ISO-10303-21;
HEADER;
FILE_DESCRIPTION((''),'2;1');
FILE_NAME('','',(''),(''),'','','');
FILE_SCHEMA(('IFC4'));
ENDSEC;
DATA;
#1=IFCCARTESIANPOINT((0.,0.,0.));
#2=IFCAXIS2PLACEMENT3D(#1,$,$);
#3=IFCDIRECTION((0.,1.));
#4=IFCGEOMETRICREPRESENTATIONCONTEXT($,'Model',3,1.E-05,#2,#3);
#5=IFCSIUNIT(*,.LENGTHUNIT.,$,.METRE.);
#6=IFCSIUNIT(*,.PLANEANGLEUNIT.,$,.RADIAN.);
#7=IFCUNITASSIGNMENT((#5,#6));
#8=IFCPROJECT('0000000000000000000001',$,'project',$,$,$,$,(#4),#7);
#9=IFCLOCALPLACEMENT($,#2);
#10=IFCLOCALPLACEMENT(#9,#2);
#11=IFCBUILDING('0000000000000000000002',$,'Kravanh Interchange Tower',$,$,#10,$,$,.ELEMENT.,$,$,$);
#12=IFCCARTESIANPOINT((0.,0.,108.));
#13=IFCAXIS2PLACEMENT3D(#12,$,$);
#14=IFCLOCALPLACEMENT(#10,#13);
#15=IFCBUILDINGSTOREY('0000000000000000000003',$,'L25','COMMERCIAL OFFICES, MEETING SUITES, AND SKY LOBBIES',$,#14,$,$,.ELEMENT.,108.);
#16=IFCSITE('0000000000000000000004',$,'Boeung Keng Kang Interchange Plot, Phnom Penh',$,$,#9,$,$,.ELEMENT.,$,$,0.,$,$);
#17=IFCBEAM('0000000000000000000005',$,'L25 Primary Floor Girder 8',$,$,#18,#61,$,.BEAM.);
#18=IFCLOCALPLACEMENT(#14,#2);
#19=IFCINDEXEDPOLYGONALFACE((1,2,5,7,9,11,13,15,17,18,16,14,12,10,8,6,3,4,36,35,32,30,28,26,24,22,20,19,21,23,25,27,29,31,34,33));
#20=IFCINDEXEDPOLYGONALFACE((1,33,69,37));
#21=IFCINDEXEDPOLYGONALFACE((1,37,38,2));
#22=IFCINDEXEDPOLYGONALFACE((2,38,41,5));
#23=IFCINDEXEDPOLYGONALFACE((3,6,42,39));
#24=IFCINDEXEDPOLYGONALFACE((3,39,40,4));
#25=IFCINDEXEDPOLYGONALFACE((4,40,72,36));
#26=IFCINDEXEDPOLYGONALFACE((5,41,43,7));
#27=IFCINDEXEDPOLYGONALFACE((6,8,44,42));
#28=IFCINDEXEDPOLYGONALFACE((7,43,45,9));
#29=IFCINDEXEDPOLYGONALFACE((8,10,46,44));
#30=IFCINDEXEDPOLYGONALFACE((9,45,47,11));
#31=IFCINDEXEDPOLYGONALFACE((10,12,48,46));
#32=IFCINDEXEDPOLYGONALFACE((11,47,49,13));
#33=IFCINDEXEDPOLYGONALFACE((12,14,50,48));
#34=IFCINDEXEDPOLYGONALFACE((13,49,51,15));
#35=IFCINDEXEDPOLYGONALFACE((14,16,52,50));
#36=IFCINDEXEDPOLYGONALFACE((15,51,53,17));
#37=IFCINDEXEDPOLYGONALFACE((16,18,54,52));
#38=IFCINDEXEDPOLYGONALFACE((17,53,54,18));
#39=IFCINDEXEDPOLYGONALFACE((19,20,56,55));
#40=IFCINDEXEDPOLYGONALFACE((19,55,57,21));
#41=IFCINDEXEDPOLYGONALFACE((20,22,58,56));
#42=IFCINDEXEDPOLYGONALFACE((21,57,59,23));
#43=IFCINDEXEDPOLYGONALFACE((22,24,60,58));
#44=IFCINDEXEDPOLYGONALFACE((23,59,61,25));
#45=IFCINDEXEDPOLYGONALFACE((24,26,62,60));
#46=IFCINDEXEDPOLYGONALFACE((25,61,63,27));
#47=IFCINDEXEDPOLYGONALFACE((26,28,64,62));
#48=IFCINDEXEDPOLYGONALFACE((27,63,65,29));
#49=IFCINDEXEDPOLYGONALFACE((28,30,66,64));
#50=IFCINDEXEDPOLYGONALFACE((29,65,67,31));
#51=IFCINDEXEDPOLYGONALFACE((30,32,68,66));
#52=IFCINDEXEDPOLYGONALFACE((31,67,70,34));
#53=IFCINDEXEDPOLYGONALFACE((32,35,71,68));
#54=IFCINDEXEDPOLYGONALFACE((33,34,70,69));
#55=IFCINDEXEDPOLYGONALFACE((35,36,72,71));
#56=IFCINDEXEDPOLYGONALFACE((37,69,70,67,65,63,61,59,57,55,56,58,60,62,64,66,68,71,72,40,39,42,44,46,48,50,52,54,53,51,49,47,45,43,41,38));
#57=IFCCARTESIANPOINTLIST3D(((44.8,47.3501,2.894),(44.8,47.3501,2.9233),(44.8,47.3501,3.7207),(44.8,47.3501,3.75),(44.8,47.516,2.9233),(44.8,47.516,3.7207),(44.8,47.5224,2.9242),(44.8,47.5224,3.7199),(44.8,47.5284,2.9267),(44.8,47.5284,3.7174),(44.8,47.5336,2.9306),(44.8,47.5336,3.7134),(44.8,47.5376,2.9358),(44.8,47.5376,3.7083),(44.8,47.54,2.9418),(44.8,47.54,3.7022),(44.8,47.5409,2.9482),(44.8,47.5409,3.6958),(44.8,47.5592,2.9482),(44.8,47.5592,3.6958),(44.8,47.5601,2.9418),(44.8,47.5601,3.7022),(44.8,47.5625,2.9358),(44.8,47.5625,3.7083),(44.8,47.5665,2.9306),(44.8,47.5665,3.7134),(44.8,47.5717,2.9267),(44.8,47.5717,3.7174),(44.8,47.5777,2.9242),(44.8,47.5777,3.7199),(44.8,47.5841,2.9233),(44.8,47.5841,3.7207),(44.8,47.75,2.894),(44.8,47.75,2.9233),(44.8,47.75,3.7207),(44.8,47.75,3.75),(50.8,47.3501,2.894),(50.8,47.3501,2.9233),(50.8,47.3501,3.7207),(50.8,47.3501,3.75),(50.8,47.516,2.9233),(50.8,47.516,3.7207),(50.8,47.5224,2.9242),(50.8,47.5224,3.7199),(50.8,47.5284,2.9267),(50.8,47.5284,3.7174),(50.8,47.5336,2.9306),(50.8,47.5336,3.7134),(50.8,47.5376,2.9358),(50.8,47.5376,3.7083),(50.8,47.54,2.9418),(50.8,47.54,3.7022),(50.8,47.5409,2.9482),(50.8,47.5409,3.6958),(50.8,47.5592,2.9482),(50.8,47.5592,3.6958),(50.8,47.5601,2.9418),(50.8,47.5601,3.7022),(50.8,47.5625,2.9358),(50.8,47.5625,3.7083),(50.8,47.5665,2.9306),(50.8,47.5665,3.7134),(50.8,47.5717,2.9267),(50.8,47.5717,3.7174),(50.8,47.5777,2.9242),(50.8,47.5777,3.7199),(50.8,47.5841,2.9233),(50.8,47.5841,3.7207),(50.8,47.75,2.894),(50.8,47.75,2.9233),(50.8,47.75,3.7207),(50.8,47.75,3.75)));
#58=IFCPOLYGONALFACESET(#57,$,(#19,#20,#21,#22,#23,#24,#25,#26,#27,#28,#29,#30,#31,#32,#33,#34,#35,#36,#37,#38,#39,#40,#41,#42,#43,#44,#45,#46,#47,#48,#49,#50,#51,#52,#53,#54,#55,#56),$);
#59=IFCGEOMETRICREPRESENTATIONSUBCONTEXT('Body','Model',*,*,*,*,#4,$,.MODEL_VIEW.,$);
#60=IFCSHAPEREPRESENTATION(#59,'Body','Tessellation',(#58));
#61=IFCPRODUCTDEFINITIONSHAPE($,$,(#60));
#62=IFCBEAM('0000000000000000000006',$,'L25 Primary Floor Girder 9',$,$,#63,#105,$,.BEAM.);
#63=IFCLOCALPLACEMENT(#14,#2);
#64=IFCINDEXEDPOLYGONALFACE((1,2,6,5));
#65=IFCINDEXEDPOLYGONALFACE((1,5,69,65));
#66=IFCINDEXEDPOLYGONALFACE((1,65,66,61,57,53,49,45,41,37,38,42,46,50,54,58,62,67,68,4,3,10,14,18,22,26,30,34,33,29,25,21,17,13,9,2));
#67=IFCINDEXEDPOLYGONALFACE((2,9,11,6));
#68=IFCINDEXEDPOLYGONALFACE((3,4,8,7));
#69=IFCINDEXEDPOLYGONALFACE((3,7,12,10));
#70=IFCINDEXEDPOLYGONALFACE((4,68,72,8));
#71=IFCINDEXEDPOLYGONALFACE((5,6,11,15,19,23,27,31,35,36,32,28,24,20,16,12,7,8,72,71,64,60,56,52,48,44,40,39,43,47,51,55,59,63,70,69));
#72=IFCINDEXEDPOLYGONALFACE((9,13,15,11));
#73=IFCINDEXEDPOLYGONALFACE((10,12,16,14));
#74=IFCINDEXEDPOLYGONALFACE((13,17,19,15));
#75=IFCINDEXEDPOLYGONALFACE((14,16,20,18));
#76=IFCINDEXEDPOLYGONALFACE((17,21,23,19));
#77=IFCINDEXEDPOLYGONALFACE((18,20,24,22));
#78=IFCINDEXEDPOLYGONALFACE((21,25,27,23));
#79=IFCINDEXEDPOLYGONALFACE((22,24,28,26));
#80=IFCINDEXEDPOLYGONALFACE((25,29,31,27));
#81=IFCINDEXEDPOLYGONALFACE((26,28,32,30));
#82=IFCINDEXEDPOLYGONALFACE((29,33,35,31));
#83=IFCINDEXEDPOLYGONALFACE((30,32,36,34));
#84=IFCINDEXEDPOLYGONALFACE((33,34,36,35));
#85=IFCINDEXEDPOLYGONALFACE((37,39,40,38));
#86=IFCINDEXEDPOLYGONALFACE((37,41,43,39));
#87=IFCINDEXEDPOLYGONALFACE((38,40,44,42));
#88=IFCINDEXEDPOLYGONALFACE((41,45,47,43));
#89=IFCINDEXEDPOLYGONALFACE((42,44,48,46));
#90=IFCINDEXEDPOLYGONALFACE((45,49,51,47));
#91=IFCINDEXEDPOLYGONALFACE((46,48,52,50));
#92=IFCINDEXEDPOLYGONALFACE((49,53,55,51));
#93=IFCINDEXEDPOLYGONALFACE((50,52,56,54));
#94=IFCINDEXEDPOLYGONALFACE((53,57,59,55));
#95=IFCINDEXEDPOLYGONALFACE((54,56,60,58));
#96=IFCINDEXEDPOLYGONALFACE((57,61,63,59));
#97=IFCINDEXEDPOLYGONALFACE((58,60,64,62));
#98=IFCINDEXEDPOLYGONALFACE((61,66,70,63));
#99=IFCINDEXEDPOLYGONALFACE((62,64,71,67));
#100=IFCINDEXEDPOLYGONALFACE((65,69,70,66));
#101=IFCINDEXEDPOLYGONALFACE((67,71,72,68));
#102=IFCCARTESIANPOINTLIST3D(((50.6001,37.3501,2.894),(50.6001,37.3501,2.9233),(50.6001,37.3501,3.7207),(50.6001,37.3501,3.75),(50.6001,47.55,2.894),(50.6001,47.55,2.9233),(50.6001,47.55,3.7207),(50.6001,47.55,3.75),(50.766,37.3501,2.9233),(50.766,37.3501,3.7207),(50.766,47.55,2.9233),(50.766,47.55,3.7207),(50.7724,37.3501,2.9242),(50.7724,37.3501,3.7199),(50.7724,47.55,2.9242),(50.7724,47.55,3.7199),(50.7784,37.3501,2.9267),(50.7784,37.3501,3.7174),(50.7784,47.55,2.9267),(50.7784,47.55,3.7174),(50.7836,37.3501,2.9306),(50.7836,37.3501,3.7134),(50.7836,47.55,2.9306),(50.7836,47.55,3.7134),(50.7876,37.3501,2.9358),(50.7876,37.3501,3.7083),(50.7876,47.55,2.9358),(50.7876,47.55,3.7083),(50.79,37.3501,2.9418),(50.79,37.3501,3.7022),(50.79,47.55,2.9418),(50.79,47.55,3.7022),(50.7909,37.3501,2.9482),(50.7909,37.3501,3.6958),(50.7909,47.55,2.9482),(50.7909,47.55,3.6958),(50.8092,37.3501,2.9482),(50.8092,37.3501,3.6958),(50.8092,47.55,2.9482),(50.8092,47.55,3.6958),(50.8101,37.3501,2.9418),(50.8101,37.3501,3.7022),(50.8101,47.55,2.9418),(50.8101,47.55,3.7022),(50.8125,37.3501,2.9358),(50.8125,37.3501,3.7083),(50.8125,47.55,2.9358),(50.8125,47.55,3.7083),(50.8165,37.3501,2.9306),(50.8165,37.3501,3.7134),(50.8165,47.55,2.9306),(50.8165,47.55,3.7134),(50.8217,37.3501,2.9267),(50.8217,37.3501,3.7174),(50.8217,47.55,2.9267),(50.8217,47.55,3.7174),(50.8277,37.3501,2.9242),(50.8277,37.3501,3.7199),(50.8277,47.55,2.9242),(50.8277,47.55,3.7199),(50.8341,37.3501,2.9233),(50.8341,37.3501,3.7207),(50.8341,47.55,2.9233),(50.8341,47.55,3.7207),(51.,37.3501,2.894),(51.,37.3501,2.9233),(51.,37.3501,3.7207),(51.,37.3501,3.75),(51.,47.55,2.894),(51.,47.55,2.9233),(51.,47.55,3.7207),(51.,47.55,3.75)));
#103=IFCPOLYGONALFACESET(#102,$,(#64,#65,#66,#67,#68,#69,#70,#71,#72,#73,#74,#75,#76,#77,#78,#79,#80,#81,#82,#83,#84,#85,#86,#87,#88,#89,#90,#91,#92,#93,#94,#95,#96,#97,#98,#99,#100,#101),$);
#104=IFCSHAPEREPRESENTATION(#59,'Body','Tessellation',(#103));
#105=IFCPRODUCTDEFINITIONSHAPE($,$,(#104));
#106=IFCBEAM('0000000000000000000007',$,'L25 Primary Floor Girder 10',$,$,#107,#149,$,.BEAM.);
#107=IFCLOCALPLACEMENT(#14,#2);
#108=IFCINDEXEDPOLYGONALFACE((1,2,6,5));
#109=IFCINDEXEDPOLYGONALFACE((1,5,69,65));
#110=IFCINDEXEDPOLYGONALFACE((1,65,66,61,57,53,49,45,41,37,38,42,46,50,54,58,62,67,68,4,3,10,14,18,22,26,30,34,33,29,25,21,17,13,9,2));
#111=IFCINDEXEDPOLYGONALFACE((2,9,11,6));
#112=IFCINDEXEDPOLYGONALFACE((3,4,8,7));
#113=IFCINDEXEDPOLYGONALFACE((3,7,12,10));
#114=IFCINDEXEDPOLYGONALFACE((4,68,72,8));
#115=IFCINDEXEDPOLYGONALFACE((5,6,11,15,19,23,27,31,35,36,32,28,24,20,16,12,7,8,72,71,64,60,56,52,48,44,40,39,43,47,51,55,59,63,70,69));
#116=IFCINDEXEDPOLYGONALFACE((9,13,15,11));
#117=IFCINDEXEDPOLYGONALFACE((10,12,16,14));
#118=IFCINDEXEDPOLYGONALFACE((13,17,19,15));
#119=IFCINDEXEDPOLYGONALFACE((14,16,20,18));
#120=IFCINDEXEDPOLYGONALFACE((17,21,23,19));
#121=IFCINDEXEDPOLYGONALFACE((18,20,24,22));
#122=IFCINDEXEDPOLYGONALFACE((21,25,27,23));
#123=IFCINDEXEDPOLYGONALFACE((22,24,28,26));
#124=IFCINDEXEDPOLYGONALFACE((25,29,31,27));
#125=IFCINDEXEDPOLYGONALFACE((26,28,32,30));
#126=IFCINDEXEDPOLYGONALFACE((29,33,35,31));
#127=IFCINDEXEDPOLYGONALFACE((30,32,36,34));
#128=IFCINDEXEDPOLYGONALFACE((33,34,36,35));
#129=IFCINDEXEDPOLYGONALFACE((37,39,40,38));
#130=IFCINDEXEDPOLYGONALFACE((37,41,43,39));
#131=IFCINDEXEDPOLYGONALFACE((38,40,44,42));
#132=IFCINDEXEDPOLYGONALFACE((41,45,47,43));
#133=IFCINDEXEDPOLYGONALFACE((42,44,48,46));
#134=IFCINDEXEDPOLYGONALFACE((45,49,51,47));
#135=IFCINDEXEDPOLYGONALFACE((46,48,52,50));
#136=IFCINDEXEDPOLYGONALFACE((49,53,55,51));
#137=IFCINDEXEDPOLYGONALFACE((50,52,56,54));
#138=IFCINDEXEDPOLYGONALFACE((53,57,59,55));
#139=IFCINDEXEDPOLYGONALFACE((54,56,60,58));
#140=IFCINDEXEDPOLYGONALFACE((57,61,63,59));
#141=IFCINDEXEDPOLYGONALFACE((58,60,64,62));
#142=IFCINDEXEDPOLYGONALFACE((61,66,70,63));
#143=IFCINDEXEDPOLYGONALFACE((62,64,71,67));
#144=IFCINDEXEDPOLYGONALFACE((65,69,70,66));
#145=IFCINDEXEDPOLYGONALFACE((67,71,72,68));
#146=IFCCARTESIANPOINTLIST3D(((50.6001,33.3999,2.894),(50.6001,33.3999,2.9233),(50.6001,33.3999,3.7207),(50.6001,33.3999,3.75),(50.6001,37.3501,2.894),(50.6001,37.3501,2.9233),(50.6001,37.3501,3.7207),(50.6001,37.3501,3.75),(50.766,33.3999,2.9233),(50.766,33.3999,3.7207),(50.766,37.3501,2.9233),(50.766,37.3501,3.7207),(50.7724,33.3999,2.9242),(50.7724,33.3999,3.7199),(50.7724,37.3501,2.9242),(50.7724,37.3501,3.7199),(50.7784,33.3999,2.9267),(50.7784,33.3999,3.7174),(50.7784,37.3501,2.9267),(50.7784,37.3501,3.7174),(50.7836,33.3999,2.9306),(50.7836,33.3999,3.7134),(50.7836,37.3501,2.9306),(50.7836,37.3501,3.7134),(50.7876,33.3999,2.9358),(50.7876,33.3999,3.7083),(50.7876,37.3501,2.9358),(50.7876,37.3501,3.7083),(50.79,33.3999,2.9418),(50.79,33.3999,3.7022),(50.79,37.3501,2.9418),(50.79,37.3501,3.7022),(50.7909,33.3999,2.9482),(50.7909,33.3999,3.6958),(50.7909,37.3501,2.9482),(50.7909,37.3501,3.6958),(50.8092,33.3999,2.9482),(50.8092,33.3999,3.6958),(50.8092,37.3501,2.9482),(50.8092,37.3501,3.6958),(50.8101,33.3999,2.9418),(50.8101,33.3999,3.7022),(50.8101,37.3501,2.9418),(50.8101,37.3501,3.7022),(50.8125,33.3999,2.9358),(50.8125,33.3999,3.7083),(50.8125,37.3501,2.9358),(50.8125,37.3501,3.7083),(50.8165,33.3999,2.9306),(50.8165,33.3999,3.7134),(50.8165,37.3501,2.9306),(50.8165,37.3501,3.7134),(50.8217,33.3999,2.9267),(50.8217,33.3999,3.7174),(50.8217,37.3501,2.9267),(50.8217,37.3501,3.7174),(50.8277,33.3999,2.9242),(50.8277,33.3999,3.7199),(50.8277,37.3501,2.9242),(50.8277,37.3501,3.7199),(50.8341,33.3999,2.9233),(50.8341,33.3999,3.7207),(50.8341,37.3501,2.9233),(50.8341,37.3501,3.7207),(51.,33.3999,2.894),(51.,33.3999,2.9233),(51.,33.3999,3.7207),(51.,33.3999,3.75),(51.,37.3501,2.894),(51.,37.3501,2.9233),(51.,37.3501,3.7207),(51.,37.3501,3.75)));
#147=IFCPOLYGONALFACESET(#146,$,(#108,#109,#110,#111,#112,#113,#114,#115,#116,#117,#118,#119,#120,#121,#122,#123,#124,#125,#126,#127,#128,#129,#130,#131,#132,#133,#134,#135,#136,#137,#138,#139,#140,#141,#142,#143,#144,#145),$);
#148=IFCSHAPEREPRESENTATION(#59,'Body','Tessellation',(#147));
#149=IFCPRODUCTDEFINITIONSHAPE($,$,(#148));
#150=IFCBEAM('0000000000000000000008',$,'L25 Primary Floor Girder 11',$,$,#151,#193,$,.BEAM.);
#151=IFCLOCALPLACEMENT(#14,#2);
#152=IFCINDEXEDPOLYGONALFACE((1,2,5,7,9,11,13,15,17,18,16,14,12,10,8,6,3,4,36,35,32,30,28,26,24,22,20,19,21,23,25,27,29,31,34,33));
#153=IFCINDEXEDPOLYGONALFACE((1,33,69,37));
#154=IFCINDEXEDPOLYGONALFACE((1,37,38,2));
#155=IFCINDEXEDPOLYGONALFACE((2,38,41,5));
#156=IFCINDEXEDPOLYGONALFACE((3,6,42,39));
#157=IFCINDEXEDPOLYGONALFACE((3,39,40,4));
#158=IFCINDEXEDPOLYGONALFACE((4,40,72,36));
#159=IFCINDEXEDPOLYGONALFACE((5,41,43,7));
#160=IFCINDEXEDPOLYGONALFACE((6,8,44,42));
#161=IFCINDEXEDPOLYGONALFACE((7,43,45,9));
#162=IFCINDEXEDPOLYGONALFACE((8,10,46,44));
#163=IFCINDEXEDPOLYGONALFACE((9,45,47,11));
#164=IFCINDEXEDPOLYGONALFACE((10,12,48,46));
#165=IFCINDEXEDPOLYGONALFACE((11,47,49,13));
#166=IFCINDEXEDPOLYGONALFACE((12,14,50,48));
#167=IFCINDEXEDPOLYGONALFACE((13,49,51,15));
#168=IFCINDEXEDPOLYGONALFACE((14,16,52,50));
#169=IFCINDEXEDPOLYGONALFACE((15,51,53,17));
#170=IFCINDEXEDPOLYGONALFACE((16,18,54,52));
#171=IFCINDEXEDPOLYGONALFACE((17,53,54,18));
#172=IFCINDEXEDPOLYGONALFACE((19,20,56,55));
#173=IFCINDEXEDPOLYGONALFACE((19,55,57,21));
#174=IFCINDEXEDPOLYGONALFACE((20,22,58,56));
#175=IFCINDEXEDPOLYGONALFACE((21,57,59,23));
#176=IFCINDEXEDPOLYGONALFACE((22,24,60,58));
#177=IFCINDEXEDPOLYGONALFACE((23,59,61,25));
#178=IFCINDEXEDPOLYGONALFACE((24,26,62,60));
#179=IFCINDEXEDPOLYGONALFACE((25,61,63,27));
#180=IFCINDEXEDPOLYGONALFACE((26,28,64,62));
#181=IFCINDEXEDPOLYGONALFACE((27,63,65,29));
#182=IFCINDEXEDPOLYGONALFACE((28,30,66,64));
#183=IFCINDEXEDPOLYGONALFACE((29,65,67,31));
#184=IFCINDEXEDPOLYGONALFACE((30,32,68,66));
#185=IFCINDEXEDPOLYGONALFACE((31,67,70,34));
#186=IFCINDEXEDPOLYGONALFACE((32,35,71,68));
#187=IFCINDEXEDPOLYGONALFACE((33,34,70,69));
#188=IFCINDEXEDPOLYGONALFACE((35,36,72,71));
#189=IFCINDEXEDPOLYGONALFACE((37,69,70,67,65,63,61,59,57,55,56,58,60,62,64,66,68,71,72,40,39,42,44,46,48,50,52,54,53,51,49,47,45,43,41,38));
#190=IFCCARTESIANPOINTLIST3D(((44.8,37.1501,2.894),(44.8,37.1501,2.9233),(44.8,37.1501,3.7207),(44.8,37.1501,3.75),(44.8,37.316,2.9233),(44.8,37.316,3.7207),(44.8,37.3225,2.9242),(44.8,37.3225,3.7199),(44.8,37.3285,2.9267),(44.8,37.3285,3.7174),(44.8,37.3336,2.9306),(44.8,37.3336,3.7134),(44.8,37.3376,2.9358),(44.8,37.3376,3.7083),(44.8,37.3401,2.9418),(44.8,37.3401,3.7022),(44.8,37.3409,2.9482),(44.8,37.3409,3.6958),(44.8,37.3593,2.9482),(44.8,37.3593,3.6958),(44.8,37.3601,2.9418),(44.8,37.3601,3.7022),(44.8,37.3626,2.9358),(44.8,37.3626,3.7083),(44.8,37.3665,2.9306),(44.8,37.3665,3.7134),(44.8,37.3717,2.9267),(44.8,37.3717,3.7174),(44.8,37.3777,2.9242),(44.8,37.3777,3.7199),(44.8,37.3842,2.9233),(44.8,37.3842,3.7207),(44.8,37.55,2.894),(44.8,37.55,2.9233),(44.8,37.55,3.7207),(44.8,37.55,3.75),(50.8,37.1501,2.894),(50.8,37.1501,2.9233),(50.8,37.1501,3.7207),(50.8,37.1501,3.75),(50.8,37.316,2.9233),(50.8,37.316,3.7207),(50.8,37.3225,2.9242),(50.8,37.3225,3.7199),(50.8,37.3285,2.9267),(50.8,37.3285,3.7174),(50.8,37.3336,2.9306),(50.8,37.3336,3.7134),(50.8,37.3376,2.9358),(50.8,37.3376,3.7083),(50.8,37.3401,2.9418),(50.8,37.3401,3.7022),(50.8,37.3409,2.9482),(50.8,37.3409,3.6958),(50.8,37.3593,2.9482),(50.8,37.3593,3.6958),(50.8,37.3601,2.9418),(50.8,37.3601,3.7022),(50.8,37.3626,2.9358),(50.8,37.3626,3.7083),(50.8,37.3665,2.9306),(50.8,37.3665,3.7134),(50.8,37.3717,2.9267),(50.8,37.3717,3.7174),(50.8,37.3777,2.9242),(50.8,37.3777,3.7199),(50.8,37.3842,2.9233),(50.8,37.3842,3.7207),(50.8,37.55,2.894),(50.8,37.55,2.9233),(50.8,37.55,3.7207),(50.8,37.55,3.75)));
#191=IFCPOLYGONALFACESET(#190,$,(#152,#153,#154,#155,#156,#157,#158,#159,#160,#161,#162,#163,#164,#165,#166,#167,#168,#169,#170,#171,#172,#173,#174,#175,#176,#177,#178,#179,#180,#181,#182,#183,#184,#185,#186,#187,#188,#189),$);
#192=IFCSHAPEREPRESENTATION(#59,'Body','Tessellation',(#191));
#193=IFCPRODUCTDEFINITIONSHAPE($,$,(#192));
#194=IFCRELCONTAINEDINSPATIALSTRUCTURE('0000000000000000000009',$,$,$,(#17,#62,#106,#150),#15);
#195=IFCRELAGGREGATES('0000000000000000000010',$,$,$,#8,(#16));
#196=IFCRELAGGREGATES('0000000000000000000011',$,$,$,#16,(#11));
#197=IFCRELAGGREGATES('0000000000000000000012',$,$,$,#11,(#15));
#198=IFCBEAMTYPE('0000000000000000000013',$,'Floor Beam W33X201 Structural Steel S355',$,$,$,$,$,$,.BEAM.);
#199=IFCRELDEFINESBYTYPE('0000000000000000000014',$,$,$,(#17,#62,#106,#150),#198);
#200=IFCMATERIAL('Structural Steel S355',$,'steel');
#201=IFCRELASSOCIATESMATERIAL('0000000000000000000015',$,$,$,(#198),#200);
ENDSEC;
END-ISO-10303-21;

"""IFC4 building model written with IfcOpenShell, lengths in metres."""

from ifc_helpers import new_model, si_unit, direction, frame, origin, origin_2d, place, context, subcontext, project, spatial, i_section, extrude, material, material_profile, profile_set, type_object, element, save


model = new_model("IFC4")

# Units and contexts
model_context = context("Model", 3, precision=1e-05, world=origin(), true_north=direction((0.0, 1.0)))
body_context = subcontext(model_context, "Body", "Model", "MODEL_VIEW")
ifc_project = project(units=[si_unit("LENGTHUNIT", "METRE"), si_unit("PLANEANGLEUNIT", "RADIAN")], contexts=[model_context])

# Site, building, storey
site_placement = place(None, origin())
site = spatial("IfcSite", under=ifc_project, at=site_placement, Name="Boeung Keng Kang Interchange Plot, Phnom Penh", CompositionType="ELEMENT", RefElevation=0.0)
building_placement = place(site_placement, origin())
building = spatial("IfcBuilding", under=site, at=building_placement, Name="Kravanh Interchange Tower", CompositionType="ELEMENT")
storey_placement = place(building_placement, frame((0.0, 0.0, 108.0)))
storey = spatial("IfcBuildingStorey", under=building, at=storey_placement, Name="L25", Description="COMMERCIAL OFFICES, MEETING SUITES, AND SKY LOBBIES", CompositionType="ELEMENT", Elevation=108.0)

# Beams
ifc_material_1 = material(Name="Structural Steel S355", Category="steel")
ifc_material_profile_1 = material_profile(ifc_material_1, i_section(OverallWidth=0.3999, OverallDepth=0.856, WebThickness=0.0183, FlangeThickness=0.0293, FilletRadius=0.0249, at=origin_2d()), Name="W33X201")
ifc_profile_set_1 = profile_set([ifc_material_profile_1], Name="Structural Steel S355")
beam_type_1 = type_object("IfcBeamType", Name="Floor Beam W33X201 Structural Steel S355", PredefinedType="BEAM", material=ifc_profile_set_1)
beam_1_placement = place(storey_placement, frame((50.8, 47.55, 3.322), z_axis=(-1.0, 0.0, 0.0), x_axis=(0.0, -1.0, 0.0)))
element("IfcBeam", 1, at=beam_1_placement, inside=storey, type_object=beam_type_1, Name="L25 Primary Floor Girder 8", PredefinedType="BEAM", context=body_context, shape_type="SweptSolid", body=[
    extrude(i_section(OverallWidth=0.3999, OverallDepth=0.856, WebThickness=0.0183, FlangeThickness=0.0293, FilletRadius=0.0249, at=origin_2d()), origin(), (0.0, 0.0, 1.0), 6.0),
])
beam_2_placement = place(storey_placement, frame((50.8, 47.55, 3.322), z_axis=(0.0, -1.0, 0.0), x_axis=(1.0, 0.0, 0.0)))
element("IfcBeam", 2, at=beam_2_placement, inside=storey, type_object=beam_type_1, Name="L25 Primary Floor Girder 9", PredefinedType="BEAM", context=body_context, shape_type="SweptSolid", body=[
    extrude(i_section(OverallWidth=0.3999, OverallDepth=0.856, WebThickness=0.0183, FlangeThickness=0.0293, FilletRadius=0.0249, at=origin_2d()), origin(), (0.0, 0.0, 1.0), 10.2),
])
beam_3_placement = place(storey_placement, frame((50.8, 37.3501, 3.322), z_axis=(0.0, -1.0, 0.0), x_axis=(1.0, 0.0, 0.0)))
element("IfcBeam", 3, at=beam_3_placement, inside=storey, type_object=beam_type_1, Name="L25 Primary Floor Girder 10", PredefinedType="BEAM", context=body_context, shape_type="SweptSolid", body=[
    extrude(i_section(OverallWidth=0.3999, OverallDepth=0.856, WebThickness=0.0183, FlangeThickness=0.0293, FilletRadius=0.0249, at=origin_2d()), origin(), (0.0, 0.0, 1.0), 3.9502),
])
beam_4_placement = place(storey_placement, frame((50.8, 37.3501, 3.322), z_axis=(-1.0, 0.0, 0.0), x_axis=(0.0, -1.0, 0.0)))
element("IfcBeam", 4, at=beam_4_placement, inside=storey, type_object=beam_type_1, Name="L25 Primary Floor Girder 11", PredefinedType="BEAM", context=body_context, shape_type="SweptSolid", body=[
    extrude(i_section(OverallWidth=0.3999, OverallDepth=0.856, WebThickness=0.0183, FlangeThickness=0.0293, FilletRadius=0.0249, at=origin_2d()), origin(), (0.0, 0.0, 1.0), 6.0),
])

save(model, "model.ifc")
